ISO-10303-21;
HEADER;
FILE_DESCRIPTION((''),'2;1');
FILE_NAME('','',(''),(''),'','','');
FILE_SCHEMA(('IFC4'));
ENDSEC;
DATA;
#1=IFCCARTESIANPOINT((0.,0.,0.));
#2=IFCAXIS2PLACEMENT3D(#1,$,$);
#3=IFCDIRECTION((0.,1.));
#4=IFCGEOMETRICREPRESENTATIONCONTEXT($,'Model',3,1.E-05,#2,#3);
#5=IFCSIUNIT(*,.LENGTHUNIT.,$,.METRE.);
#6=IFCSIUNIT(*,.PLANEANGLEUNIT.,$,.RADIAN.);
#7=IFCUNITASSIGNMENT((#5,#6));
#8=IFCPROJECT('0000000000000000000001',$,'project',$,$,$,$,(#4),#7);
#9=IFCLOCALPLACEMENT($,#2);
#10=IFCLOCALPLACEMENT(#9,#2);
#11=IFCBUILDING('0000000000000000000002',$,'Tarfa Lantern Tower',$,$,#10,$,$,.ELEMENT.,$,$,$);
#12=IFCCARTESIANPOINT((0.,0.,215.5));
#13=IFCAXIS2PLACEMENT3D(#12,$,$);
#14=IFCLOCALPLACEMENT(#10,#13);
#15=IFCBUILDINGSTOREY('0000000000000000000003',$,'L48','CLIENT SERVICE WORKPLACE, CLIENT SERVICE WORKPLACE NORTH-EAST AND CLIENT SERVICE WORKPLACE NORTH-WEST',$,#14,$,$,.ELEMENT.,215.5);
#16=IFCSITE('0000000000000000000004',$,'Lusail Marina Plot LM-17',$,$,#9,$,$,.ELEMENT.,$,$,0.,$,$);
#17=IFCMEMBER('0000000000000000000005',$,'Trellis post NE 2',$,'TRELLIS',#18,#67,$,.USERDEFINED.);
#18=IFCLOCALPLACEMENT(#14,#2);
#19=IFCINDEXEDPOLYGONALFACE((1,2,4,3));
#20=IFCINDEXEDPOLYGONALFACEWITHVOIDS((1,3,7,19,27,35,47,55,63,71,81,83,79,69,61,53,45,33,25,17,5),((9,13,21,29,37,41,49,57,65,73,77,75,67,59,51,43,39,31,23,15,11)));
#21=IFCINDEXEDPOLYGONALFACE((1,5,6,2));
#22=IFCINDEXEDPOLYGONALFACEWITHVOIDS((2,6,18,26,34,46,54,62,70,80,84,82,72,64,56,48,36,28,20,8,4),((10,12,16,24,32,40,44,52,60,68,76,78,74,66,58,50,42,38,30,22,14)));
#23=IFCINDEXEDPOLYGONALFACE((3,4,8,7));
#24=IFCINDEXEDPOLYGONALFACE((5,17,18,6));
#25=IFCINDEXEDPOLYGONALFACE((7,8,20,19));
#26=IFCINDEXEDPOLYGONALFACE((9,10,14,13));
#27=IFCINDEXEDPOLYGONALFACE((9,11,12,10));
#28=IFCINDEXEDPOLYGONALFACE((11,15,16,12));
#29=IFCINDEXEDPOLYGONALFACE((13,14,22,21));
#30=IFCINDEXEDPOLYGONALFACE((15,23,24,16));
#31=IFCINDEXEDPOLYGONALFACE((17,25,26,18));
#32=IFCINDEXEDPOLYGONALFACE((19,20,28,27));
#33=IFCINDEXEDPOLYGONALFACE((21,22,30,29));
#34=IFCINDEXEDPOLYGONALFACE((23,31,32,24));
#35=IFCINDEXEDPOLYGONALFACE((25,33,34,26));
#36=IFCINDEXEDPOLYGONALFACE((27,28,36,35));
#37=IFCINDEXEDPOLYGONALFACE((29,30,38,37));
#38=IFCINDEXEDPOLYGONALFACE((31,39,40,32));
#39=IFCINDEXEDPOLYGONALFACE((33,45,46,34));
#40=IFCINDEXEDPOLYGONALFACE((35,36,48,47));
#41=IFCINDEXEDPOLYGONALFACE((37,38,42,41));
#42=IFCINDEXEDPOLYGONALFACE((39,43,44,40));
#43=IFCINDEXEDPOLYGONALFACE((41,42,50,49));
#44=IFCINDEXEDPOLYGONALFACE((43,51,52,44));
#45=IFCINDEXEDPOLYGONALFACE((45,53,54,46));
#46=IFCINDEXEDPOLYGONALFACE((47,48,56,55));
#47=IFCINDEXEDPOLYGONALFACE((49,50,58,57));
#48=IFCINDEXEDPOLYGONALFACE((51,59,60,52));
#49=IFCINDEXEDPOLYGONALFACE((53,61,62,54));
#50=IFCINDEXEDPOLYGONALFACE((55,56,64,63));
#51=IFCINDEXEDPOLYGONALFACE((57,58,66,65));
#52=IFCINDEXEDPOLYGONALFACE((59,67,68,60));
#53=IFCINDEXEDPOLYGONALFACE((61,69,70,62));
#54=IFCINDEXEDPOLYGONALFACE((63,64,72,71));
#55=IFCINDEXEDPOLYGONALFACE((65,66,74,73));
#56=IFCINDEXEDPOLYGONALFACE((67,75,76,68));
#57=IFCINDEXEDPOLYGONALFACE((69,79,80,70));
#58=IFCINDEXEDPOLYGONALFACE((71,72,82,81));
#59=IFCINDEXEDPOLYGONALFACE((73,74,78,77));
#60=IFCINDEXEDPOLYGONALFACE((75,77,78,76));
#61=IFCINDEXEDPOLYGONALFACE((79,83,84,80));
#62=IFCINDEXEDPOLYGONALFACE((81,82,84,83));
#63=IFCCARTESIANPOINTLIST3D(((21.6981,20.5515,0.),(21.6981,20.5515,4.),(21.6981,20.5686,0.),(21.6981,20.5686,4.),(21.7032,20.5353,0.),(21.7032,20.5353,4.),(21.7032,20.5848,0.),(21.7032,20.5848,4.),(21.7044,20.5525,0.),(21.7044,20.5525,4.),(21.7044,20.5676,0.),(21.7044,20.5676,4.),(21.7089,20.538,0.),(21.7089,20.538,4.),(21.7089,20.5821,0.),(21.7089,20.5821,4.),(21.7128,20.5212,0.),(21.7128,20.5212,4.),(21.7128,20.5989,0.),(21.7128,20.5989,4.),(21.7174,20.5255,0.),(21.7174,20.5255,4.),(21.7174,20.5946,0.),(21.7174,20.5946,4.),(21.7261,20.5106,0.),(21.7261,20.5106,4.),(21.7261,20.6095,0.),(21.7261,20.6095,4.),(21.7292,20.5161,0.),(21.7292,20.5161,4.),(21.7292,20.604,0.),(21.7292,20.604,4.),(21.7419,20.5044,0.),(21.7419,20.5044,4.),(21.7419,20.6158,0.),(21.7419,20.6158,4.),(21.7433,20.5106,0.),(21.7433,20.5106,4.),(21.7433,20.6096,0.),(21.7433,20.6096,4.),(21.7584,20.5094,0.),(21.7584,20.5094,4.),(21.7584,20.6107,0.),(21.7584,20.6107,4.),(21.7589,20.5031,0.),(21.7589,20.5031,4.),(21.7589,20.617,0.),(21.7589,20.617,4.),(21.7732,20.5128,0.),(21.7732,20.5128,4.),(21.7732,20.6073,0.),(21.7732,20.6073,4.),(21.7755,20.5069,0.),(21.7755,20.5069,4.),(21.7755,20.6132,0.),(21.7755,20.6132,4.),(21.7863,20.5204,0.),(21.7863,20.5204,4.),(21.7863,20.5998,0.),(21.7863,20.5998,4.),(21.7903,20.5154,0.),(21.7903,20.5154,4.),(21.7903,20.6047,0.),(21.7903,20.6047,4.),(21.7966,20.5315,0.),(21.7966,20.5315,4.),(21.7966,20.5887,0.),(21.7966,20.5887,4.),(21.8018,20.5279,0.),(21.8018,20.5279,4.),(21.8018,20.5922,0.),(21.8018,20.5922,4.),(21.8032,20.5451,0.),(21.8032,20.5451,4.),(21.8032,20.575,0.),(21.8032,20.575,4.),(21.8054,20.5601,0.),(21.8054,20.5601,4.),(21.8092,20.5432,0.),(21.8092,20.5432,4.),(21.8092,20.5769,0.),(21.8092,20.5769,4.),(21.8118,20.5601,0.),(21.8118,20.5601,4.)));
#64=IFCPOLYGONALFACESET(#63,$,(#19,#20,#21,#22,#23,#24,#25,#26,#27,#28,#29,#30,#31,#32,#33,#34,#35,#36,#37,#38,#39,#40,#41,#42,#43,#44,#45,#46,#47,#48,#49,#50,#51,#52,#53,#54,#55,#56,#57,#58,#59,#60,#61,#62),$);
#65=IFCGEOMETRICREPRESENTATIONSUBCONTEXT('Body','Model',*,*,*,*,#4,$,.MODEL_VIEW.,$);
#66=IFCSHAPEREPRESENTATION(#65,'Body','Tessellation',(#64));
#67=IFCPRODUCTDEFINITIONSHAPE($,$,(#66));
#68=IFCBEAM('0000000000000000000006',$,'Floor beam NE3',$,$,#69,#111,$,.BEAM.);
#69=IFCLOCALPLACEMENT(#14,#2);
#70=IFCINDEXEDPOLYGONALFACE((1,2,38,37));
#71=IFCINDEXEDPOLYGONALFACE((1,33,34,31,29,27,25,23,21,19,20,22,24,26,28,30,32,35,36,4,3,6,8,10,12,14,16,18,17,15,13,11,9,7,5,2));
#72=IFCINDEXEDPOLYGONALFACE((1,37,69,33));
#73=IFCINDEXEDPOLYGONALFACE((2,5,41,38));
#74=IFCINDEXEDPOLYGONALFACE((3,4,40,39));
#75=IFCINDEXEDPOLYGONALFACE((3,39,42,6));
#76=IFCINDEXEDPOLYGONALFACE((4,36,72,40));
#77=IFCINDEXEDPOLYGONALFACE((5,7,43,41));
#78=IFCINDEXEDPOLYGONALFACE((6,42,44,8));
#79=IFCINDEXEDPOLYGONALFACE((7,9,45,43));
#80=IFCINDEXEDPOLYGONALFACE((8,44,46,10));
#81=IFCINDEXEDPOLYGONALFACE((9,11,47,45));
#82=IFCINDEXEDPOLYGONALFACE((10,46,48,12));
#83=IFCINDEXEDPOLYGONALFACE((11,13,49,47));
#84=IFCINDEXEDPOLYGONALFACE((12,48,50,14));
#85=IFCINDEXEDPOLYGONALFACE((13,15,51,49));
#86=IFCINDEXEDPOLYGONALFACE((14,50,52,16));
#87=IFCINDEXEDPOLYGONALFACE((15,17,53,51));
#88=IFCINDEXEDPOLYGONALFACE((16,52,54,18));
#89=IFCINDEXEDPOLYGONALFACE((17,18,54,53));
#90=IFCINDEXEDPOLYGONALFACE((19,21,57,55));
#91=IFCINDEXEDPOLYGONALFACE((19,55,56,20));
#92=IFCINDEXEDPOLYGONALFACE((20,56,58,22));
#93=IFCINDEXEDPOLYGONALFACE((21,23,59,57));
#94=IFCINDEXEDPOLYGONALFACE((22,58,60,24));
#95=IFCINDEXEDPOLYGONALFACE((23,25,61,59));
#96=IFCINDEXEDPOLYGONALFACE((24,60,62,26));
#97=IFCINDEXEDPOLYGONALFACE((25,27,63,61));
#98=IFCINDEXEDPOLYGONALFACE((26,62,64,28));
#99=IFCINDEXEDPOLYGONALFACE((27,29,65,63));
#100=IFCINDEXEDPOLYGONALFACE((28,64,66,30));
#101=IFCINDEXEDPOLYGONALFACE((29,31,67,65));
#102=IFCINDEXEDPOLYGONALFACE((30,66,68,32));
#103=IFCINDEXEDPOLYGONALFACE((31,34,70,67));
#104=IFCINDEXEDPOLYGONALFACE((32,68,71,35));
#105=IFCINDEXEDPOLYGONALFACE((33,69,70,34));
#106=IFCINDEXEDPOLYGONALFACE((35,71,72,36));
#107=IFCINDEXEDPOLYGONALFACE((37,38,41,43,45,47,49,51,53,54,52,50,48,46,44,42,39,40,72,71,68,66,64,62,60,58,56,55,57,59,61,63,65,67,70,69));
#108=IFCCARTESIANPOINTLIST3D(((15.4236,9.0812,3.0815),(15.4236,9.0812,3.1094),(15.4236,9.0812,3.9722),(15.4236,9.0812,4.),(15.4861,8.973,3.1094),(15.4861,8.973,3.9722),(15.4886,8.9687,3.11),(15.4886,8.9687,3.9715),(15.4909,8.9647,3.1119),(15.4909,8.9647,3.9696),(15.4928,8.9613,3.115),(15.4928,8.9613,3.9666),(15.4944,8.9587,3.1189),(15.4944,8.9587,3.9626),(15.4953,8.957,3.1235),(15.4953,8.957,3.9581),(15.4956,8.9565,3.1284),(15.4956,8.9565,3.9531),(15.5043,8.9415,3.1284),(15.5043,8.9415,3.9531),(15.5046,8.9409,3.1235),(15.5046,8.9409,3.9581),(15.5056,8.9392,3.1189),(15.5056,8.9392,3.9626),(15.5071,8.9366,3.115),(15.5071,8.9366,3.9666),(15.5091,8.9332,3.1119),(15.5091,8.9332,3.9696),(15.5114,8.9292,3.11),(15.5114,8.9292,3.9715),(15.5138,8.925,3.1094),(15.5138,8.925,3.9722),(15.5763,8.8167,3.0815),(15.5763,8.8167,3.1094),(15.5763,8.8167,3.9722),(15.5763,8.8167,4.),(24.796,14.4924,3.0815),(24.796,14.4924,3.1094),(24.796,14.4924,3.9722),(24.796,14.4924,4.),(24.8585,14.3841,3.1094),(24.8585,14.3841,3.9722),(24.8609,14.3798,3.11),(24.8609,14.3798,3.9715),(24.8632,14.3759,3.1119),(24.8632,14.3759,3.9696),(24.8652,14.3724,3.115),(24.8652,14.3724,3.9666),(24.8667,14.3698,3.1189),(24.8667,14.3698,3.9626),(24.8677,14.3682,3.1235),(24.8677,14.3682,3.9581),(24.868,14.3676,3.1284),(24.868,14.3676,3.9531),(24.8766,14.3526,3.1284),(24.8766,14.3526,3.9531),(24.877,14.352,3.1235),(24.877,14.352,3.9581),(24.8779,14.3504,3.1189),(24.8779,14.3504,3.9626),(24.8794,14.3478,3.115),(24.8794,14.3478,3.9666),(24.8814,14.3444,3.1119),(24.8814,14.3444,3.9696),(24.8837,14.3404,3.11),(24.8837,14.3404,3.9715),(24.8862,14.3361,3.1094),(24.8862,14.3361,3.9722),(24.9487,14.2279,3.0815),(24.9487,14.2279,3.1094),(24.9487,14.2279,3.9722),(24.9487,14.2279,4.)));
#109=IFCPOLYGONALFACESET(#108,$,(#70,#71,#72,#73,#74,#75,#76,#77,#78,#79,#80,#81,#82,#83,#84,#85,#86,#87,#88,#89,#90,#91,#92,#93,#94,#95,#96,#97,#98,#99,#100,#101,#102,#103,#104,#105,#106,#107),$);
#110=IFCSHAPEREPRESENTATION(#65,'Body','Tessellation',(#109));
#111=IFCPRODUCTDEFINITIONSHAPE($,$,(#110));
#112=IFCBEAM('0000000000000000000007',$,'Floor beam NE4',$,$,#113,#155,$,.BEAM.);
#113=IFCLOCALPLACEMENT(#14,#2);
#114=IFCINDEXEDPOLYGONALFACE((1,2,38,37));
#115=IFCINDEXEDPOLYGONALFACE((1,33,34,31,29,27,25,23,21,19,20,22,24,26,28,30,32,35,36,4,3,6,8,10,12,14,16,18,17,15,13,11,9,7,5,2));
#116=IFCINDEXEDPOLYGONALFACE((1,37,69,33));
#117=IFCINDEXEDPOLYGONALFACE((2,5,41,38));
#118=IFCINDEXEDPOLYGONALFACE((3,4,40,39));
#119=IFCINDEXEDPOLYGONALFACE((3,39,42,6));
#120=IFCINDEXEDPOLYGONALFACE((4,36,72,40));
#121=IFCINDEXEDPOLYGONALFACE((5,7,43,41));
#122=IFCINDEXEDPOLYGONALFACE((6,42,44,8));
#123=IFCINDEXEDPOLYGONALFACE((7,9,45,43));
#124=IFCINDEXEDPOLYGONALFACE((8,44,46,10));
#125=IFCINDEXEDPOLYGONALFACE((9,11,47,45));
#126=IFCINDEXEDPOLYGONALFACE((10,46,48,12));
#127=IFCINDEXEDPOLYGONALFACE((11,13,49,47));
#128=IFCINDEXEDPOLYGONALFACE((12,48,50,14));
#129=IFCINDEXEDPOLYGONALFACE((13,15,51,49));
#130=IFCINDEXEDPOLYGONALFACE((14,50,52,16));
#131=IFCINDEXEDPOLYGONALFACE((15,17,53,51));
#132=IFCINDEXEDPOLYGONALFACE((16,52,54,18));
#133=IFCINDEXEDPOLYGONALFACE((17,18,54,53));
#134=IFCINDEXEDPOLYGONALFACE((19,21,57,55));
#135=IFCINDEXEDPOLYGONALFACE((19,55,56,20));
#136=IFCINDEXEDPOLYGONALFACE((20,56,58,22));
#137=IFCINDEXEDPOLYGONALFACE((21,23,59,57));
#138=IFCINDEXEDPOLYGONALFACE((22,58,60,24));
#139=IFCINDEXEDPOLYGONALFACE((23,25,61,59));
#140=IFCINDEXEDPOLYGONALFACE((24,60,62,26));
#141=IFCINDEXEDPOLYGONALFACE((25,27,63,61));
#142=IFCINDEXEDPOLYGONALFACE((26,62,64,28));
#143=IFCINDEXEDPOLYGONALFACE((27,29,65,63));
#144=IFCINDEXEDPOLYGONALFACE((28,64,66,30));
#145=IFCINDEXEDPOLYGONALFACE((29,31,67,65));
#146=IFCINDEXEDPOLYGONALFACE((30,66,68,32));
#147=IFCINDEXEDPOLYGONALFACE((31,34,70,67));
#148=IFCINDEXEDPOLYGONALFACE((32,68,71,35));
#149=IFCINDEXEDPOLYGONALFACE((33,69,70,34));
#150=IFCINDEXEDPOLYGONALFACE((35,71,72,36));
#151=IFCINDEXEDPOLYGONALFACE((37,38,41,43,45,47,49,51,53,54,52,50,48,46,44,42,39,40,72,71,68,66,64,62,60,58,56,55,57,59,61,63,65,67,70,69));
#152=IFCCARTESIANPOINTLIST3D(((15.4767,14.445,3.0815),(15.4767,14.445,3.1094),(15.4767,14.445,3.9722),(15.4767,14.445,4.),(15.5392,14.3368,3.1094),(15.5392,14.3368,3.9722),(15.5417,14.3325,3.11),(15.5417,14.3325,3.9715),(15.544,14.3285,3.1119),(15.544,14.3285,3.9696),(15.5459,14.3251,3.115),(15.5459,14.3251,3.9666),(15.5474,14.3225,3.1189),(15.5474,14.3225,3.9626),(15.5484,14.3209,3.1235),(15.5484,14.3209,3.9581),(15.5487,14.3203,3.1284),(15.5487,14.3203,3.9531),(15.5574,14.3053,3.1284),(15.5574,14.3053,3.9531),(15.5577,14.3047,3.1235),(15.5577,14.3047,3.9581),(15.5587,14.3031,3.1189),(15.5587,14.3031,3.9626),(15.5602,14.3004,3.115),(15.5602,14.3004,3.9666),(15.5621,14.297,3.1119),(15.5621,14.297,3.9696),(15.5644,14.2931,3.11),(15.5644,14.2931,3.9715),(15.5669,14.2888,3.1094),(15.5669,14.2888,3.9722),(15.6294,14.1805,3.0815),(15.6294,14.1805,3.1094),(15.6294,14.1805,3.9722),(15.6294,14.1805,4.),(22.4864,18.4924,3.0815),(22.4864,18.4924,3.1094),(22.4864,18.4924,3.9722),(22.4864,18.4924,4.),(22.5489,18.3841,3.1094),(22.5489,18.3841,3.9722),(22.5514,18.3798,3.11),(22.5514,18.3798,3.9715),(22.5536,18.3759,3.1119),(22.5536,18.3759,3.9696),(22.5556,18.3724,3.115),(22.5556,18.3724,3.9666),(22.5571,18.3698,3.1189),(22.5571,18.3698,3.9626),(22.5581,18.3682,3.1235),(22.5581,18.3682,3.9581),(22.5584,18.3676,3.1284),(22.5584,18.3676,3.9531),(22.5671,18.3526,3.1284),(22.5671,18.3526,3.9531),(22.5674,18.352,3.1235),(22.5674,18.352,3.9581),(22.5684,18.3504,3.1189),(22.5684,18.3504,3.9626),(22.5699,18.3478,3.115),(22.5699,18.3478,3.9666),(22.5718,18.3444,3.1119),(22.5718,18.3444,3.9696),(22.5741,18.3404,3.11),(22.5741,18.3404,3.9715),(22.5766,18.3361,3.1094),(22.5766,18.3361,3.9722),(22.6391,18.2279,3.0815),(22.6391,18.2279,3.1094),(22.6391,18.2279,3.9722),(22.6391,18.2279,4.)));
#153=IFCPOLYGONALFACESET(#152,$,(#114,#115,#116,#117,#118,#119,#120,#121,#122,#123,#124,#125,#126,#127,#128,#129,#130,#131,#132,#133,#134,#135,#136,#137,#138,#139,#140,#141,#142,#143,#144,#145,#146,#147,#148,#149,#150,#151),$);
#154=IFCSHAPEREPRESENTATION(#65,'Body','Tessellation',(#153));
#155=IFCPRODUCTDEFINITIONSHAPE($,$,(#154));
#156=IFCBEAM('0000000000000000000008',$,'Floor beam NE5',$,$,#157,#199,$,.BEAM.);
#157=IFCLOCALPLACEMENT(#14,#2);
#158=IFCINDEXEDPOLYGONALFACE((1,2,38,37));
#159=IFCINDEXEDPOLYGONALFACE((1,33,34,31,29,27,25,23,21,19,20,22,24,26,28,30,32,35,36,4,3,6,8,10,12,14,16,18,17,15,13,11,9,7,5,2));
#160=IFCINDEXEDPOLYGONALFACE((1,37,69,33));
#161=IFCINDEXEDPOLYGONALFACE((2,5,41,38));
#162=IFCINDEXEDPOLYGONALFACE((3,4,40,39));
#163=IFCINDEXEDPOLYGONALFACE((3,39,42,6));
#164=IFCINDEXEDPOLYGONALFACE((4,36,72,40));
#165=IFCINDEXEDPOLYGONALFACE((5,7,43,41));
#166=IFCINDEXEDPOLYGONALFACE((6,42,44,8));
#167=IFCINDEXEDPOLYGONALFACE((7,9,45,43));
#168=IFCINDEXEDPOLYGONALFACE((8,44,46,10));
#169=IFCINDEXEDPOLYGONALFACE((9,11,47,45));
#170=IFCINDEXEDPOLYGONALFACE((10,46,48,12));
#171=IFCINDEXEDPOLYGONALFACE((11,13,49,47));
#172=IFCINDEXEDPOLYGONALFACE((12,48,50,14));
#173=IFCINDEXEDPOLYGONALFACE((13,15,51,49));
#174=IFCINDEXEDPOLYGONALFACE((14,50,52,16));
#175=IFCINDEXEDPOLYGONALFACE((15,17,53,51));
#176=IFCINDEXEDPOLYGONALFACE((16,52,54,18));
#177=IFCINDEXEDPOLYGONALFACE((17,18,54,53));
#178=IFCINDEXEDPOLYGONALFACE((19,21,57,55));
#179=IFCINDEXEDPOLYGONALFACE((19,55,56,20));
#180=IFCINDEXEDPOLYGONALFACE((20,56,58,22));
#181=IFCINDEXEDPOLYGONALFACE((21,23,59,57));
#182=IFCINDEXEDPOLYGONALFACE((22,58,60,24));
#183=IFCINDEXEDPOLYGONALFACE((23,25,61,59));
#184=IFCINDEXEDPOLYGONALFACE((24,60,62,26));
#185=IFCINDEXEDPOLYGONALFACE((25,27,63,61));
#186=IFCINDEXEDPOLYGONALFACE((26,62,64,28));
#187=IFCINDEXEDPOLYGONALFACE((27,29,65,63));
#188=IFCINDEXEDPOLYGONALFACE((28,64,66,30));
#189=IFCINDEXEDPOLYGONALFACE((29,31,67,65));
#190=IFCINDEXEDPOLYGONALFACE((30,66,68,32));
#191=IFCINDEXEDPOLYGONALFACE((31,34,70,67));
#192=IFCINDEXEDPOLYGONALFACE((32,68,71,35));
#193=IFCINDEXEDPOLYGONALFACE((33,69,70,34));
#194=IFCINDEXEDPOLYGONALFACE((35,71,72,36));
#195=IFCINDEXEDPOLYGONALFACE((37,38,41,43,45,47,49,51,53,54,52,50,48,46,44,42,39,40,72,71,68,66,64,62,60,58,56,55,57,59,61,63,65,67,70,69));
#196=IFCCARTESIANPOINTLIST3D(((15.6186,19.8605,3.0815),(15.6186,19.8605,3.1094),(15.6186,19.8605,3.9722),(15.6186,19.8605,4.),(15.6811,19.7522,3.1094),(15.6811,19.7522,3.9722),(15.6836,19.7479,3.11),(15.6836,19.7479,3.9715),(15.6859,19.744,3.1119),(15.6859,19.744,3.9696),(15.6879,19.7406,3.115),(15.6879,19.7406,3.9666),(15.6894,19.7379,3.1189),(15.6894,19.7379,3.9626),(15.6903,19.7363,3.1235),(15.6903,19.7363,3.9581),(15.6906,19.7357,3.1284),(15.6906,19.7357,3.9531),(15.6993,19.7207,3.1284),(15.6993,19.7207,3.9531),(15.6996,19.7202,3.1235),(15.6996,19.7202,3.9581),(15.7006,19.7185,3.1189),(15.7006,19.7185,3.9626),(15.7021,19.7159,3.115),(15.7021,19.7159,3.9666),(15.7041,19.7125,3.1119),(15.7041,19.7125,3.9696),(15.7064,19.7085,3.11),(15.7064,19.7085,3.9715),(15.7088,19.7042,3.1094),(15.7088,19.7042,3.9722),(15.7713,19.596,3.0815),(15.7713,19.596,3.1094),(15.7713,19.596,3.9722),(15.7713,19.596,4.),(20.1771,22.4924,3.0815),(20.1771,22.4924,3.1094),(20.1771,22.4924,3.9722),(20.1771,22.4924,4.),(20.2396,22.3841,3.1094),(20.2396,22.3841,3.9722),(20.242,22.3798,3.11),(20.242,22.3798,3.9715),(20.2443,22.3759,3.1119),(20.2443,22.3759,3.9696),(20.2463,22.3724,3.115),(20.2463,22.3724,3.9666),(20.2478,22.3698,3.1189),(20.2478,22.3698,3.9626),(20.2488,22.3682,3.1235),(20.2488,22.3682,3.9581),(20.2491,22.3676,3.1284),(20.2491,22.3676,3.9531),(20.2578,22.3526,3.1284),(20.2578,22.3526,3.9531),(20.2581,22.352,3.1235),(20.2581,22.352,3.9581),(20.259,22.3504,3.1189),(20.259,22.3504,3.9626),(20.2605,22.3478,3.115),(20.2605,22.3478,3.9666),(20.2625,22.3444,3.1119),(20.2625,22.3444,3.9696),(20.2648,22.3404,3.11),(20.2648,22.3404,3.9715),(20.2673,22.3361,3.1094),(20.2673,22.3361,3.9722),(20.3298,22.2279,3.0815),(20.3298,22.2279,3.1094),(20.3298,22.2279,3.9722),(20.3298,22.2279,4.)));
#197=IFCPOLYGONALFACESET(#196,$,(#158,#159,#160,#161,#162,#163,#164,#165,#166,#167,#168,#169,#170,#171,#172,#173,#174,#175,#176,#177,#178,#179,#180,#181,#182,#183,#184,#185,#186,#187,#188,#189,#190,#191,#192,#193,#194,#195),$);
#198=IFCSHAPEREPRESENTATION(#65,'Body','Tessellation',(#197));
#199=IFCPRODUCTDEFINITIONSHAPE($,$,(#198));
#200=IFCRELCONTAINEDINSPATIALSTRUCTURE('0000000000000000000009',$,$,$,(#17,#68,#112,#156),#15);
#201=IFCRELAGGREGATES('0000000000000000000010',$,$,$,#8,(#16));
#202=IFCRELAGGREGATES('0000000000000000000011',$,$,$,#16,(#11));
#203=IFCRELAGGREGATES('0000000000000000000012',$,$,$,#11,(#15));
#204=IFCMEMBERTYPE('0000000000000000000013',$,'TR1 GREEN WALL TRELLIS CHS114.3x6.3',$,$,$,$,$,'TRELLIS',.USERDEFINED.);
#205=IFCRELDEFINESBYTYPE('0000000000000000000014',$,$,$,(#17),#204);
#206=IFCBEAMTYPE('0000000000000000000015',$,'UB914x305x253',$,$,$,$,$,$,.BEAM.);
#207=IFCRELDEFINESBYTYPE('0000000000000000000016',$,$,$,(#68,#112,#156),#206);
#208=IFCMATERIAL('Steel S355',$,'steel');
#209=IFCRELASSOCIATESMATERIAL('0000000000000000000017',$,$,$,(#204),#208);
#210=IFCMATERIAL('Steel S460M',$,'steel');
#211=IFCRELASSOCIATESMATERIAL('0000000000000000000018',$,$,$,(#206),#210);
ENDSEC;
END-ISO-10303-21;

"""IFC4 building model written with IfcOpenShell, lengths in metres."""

from ifc_helpers import new_model, si_unit, direction, frame, origin, origin_2d, place, context, subcontext, project, spatial, hollow_circle, i_section, extrude, material, material_profile, profile_set, type_object, element, save


model = new_model("IFC4")

# Units and contexts
model_context = context("Model", 3, precision=1e-05, world=origin(), true_north=direction((0.0, 1.0)))
body_context = subcontext(model_context, "Body", "Model", "MODEL_VIEW")
ifc_project = project(units=[si_unit("LENGTHUNIT", "METRE"), si_unit("PLANEANGLEUNIT", "RADIAN")], contexts=[model_context])

# Site, building, storey
site_placement = place(None, origin())
site = spatial("IfcSite", under=ifc_project, at=site_placement, Name="Lusail Marina Plot LM-17", CompositionType="ELEMENT", RefElevation=0.0)
building_placement = place(site_placement, origin())
building = spatial("IfcBuilding", under=site, at=building_placement, Name="Tarfa Lantern Tower", CompositionType="ELEMENT")
storey_placement = place(building_placement, frame((0.0, 0.0, 215.5)))
storey = spatial("IfcBuildingStorey", under=building, at=storey_placement, Name="L48", Description="CLIENT SERVICE WORKPLACE, CLIENT SERVICE WORKPLACE NORTH-EAST AND CLIENT SERVICE WORKPLACE NORTH-WEST", CompositionType="ELEMENT", Elevation=215.5)

# Shared definitions
ifc_material_1 = material(Name="Steel S460M", Category="steel")

# Member
ifc_material_2 = material(Name="Steel S355", Category="steel")
ifc_material_profile_1 = material_profile(ifc_material_2, hollow_circle(Radius=0.0571, WallThickness=0.0063, at=origin_2d()), Name="CHS114.3x6.3")
ifc_profile_set_1 = profile_set([ifc_material_profile_1], Name="Steel S355")
member_type_1 = type_object("IfcMemberType", Name="TR1 GREEN WALL TRELLIS CHS114.3x6.3", ElementType="TRELLIS", PredefinedType="USERDEFINED", material=ifc_profile_set_1)
member_1_placement = place(storey_placement, frame((21.7546, 20.5601, 0.0), z_axis=(0.0, 0.0, 1.0), x_axis=(1.0, 0.0, 0.0)))
element("IfcMember", 1, at=member_1_placement, inside=storey, type_object=member_type_1, Name="Trellis post NE 2", ObjectType="TRELLIS", PredefinedType="USERDEFINED", context=body_context, shape_type="SweptSolid", body=[
    extrude(hollow_circle(Radius=0.0571, WallThickness=0.0063, at=origin_2d()), origin(), (0.0, 0.0, 1.0), 4.0),
])

# Beams
ifc_material_profile_2 = material_profile(ifc_material_1, i_section(OverallWidth=0.3054, OverallDepth=0.9185, WebThickness=0.0173, FlangeThickness=0.0278, FilletRadius=0.019, at=origin_2d()), Name="UB914x305x253")
ifc_profile_set_2 = profile_set([ifc_material_profile_2], Name="Steel S460M")
beam_type_1 = type_object("IfcBeamType", Name="UB914x305x253", PredefinedType="BEAM", material=ifc_profile_set_2)
beam_1_placement = place(storey_placement, frame((24.8723, 14.3601, 3.5408), z_axis=(-0.866024, -0.500002, 0.0), x_axis=(0.500002, -0.866024, 0.0)))
element("IfcBeam", 2, at=beam_1_placement, inside=storey, type_object=beam_type_1, Name="Floor beam NE3", PredefinedType="BEAM", context=body_context, shape_type="SweptSolid", body=[
    extrude(i_section(OverallWidth=0.3054, OverallDepth=0.9185, WebThickness=0.0173, FlangeThickness=0.0278, FilletRadius=0.019, at=origin_2d()), origin(), (0.0, 0.0, 1.0), 10.8223),
])
beam_2_placement = place(storey_placement, frame((22.5627, 18.3601, 3.5408), z_axis=(-0.866011, -0.500025, 0.0), x_axis=(0.500025, -0.866011, 0.0)))
element("IfcBeam", 3, at=beam_2_placement, inside=storey, type_object=beam_type_1, Name="Floor beam NE4", PredefinedType="BEAM", context=body_context, shape_type="SweptSolid", body=[
    extrude(i_section(OverallWidth=0.3054, OverallDepth=0.9185, WebThickness=0.0173, FlangeThickness=0.0278, FilletRadius=0.019, at=origin_2d()), origin(), (0.0, 0.0, 1.0), 8.0942),
])
beam_3_placement = place(storey_placement, frame((20.2534, 22.3601, 3.5408), z_axis=(-0.86602, -0.50001, 0.0), x_axis=(0.50001, -0.86602, 0.0)))
element("IfcBeam", 4, at=beam_3_placement, inside=storey, type_object=beam_type_1, Name="Floor beam NE5", PredefinedType="BEAM", context=body_context, shape_type="SweptSolid", body=[
    extrude(i_section(OverallWidth=0.3054, OverallDepth=0.9185, WebThickness=0.0173, FlangeThickness=0.0278, FilletRadius=0.019, at=origin_2d()), origin(), (0.0, 0.0, 1.0), 5.2637),
])

save(model, "model.ifc")
